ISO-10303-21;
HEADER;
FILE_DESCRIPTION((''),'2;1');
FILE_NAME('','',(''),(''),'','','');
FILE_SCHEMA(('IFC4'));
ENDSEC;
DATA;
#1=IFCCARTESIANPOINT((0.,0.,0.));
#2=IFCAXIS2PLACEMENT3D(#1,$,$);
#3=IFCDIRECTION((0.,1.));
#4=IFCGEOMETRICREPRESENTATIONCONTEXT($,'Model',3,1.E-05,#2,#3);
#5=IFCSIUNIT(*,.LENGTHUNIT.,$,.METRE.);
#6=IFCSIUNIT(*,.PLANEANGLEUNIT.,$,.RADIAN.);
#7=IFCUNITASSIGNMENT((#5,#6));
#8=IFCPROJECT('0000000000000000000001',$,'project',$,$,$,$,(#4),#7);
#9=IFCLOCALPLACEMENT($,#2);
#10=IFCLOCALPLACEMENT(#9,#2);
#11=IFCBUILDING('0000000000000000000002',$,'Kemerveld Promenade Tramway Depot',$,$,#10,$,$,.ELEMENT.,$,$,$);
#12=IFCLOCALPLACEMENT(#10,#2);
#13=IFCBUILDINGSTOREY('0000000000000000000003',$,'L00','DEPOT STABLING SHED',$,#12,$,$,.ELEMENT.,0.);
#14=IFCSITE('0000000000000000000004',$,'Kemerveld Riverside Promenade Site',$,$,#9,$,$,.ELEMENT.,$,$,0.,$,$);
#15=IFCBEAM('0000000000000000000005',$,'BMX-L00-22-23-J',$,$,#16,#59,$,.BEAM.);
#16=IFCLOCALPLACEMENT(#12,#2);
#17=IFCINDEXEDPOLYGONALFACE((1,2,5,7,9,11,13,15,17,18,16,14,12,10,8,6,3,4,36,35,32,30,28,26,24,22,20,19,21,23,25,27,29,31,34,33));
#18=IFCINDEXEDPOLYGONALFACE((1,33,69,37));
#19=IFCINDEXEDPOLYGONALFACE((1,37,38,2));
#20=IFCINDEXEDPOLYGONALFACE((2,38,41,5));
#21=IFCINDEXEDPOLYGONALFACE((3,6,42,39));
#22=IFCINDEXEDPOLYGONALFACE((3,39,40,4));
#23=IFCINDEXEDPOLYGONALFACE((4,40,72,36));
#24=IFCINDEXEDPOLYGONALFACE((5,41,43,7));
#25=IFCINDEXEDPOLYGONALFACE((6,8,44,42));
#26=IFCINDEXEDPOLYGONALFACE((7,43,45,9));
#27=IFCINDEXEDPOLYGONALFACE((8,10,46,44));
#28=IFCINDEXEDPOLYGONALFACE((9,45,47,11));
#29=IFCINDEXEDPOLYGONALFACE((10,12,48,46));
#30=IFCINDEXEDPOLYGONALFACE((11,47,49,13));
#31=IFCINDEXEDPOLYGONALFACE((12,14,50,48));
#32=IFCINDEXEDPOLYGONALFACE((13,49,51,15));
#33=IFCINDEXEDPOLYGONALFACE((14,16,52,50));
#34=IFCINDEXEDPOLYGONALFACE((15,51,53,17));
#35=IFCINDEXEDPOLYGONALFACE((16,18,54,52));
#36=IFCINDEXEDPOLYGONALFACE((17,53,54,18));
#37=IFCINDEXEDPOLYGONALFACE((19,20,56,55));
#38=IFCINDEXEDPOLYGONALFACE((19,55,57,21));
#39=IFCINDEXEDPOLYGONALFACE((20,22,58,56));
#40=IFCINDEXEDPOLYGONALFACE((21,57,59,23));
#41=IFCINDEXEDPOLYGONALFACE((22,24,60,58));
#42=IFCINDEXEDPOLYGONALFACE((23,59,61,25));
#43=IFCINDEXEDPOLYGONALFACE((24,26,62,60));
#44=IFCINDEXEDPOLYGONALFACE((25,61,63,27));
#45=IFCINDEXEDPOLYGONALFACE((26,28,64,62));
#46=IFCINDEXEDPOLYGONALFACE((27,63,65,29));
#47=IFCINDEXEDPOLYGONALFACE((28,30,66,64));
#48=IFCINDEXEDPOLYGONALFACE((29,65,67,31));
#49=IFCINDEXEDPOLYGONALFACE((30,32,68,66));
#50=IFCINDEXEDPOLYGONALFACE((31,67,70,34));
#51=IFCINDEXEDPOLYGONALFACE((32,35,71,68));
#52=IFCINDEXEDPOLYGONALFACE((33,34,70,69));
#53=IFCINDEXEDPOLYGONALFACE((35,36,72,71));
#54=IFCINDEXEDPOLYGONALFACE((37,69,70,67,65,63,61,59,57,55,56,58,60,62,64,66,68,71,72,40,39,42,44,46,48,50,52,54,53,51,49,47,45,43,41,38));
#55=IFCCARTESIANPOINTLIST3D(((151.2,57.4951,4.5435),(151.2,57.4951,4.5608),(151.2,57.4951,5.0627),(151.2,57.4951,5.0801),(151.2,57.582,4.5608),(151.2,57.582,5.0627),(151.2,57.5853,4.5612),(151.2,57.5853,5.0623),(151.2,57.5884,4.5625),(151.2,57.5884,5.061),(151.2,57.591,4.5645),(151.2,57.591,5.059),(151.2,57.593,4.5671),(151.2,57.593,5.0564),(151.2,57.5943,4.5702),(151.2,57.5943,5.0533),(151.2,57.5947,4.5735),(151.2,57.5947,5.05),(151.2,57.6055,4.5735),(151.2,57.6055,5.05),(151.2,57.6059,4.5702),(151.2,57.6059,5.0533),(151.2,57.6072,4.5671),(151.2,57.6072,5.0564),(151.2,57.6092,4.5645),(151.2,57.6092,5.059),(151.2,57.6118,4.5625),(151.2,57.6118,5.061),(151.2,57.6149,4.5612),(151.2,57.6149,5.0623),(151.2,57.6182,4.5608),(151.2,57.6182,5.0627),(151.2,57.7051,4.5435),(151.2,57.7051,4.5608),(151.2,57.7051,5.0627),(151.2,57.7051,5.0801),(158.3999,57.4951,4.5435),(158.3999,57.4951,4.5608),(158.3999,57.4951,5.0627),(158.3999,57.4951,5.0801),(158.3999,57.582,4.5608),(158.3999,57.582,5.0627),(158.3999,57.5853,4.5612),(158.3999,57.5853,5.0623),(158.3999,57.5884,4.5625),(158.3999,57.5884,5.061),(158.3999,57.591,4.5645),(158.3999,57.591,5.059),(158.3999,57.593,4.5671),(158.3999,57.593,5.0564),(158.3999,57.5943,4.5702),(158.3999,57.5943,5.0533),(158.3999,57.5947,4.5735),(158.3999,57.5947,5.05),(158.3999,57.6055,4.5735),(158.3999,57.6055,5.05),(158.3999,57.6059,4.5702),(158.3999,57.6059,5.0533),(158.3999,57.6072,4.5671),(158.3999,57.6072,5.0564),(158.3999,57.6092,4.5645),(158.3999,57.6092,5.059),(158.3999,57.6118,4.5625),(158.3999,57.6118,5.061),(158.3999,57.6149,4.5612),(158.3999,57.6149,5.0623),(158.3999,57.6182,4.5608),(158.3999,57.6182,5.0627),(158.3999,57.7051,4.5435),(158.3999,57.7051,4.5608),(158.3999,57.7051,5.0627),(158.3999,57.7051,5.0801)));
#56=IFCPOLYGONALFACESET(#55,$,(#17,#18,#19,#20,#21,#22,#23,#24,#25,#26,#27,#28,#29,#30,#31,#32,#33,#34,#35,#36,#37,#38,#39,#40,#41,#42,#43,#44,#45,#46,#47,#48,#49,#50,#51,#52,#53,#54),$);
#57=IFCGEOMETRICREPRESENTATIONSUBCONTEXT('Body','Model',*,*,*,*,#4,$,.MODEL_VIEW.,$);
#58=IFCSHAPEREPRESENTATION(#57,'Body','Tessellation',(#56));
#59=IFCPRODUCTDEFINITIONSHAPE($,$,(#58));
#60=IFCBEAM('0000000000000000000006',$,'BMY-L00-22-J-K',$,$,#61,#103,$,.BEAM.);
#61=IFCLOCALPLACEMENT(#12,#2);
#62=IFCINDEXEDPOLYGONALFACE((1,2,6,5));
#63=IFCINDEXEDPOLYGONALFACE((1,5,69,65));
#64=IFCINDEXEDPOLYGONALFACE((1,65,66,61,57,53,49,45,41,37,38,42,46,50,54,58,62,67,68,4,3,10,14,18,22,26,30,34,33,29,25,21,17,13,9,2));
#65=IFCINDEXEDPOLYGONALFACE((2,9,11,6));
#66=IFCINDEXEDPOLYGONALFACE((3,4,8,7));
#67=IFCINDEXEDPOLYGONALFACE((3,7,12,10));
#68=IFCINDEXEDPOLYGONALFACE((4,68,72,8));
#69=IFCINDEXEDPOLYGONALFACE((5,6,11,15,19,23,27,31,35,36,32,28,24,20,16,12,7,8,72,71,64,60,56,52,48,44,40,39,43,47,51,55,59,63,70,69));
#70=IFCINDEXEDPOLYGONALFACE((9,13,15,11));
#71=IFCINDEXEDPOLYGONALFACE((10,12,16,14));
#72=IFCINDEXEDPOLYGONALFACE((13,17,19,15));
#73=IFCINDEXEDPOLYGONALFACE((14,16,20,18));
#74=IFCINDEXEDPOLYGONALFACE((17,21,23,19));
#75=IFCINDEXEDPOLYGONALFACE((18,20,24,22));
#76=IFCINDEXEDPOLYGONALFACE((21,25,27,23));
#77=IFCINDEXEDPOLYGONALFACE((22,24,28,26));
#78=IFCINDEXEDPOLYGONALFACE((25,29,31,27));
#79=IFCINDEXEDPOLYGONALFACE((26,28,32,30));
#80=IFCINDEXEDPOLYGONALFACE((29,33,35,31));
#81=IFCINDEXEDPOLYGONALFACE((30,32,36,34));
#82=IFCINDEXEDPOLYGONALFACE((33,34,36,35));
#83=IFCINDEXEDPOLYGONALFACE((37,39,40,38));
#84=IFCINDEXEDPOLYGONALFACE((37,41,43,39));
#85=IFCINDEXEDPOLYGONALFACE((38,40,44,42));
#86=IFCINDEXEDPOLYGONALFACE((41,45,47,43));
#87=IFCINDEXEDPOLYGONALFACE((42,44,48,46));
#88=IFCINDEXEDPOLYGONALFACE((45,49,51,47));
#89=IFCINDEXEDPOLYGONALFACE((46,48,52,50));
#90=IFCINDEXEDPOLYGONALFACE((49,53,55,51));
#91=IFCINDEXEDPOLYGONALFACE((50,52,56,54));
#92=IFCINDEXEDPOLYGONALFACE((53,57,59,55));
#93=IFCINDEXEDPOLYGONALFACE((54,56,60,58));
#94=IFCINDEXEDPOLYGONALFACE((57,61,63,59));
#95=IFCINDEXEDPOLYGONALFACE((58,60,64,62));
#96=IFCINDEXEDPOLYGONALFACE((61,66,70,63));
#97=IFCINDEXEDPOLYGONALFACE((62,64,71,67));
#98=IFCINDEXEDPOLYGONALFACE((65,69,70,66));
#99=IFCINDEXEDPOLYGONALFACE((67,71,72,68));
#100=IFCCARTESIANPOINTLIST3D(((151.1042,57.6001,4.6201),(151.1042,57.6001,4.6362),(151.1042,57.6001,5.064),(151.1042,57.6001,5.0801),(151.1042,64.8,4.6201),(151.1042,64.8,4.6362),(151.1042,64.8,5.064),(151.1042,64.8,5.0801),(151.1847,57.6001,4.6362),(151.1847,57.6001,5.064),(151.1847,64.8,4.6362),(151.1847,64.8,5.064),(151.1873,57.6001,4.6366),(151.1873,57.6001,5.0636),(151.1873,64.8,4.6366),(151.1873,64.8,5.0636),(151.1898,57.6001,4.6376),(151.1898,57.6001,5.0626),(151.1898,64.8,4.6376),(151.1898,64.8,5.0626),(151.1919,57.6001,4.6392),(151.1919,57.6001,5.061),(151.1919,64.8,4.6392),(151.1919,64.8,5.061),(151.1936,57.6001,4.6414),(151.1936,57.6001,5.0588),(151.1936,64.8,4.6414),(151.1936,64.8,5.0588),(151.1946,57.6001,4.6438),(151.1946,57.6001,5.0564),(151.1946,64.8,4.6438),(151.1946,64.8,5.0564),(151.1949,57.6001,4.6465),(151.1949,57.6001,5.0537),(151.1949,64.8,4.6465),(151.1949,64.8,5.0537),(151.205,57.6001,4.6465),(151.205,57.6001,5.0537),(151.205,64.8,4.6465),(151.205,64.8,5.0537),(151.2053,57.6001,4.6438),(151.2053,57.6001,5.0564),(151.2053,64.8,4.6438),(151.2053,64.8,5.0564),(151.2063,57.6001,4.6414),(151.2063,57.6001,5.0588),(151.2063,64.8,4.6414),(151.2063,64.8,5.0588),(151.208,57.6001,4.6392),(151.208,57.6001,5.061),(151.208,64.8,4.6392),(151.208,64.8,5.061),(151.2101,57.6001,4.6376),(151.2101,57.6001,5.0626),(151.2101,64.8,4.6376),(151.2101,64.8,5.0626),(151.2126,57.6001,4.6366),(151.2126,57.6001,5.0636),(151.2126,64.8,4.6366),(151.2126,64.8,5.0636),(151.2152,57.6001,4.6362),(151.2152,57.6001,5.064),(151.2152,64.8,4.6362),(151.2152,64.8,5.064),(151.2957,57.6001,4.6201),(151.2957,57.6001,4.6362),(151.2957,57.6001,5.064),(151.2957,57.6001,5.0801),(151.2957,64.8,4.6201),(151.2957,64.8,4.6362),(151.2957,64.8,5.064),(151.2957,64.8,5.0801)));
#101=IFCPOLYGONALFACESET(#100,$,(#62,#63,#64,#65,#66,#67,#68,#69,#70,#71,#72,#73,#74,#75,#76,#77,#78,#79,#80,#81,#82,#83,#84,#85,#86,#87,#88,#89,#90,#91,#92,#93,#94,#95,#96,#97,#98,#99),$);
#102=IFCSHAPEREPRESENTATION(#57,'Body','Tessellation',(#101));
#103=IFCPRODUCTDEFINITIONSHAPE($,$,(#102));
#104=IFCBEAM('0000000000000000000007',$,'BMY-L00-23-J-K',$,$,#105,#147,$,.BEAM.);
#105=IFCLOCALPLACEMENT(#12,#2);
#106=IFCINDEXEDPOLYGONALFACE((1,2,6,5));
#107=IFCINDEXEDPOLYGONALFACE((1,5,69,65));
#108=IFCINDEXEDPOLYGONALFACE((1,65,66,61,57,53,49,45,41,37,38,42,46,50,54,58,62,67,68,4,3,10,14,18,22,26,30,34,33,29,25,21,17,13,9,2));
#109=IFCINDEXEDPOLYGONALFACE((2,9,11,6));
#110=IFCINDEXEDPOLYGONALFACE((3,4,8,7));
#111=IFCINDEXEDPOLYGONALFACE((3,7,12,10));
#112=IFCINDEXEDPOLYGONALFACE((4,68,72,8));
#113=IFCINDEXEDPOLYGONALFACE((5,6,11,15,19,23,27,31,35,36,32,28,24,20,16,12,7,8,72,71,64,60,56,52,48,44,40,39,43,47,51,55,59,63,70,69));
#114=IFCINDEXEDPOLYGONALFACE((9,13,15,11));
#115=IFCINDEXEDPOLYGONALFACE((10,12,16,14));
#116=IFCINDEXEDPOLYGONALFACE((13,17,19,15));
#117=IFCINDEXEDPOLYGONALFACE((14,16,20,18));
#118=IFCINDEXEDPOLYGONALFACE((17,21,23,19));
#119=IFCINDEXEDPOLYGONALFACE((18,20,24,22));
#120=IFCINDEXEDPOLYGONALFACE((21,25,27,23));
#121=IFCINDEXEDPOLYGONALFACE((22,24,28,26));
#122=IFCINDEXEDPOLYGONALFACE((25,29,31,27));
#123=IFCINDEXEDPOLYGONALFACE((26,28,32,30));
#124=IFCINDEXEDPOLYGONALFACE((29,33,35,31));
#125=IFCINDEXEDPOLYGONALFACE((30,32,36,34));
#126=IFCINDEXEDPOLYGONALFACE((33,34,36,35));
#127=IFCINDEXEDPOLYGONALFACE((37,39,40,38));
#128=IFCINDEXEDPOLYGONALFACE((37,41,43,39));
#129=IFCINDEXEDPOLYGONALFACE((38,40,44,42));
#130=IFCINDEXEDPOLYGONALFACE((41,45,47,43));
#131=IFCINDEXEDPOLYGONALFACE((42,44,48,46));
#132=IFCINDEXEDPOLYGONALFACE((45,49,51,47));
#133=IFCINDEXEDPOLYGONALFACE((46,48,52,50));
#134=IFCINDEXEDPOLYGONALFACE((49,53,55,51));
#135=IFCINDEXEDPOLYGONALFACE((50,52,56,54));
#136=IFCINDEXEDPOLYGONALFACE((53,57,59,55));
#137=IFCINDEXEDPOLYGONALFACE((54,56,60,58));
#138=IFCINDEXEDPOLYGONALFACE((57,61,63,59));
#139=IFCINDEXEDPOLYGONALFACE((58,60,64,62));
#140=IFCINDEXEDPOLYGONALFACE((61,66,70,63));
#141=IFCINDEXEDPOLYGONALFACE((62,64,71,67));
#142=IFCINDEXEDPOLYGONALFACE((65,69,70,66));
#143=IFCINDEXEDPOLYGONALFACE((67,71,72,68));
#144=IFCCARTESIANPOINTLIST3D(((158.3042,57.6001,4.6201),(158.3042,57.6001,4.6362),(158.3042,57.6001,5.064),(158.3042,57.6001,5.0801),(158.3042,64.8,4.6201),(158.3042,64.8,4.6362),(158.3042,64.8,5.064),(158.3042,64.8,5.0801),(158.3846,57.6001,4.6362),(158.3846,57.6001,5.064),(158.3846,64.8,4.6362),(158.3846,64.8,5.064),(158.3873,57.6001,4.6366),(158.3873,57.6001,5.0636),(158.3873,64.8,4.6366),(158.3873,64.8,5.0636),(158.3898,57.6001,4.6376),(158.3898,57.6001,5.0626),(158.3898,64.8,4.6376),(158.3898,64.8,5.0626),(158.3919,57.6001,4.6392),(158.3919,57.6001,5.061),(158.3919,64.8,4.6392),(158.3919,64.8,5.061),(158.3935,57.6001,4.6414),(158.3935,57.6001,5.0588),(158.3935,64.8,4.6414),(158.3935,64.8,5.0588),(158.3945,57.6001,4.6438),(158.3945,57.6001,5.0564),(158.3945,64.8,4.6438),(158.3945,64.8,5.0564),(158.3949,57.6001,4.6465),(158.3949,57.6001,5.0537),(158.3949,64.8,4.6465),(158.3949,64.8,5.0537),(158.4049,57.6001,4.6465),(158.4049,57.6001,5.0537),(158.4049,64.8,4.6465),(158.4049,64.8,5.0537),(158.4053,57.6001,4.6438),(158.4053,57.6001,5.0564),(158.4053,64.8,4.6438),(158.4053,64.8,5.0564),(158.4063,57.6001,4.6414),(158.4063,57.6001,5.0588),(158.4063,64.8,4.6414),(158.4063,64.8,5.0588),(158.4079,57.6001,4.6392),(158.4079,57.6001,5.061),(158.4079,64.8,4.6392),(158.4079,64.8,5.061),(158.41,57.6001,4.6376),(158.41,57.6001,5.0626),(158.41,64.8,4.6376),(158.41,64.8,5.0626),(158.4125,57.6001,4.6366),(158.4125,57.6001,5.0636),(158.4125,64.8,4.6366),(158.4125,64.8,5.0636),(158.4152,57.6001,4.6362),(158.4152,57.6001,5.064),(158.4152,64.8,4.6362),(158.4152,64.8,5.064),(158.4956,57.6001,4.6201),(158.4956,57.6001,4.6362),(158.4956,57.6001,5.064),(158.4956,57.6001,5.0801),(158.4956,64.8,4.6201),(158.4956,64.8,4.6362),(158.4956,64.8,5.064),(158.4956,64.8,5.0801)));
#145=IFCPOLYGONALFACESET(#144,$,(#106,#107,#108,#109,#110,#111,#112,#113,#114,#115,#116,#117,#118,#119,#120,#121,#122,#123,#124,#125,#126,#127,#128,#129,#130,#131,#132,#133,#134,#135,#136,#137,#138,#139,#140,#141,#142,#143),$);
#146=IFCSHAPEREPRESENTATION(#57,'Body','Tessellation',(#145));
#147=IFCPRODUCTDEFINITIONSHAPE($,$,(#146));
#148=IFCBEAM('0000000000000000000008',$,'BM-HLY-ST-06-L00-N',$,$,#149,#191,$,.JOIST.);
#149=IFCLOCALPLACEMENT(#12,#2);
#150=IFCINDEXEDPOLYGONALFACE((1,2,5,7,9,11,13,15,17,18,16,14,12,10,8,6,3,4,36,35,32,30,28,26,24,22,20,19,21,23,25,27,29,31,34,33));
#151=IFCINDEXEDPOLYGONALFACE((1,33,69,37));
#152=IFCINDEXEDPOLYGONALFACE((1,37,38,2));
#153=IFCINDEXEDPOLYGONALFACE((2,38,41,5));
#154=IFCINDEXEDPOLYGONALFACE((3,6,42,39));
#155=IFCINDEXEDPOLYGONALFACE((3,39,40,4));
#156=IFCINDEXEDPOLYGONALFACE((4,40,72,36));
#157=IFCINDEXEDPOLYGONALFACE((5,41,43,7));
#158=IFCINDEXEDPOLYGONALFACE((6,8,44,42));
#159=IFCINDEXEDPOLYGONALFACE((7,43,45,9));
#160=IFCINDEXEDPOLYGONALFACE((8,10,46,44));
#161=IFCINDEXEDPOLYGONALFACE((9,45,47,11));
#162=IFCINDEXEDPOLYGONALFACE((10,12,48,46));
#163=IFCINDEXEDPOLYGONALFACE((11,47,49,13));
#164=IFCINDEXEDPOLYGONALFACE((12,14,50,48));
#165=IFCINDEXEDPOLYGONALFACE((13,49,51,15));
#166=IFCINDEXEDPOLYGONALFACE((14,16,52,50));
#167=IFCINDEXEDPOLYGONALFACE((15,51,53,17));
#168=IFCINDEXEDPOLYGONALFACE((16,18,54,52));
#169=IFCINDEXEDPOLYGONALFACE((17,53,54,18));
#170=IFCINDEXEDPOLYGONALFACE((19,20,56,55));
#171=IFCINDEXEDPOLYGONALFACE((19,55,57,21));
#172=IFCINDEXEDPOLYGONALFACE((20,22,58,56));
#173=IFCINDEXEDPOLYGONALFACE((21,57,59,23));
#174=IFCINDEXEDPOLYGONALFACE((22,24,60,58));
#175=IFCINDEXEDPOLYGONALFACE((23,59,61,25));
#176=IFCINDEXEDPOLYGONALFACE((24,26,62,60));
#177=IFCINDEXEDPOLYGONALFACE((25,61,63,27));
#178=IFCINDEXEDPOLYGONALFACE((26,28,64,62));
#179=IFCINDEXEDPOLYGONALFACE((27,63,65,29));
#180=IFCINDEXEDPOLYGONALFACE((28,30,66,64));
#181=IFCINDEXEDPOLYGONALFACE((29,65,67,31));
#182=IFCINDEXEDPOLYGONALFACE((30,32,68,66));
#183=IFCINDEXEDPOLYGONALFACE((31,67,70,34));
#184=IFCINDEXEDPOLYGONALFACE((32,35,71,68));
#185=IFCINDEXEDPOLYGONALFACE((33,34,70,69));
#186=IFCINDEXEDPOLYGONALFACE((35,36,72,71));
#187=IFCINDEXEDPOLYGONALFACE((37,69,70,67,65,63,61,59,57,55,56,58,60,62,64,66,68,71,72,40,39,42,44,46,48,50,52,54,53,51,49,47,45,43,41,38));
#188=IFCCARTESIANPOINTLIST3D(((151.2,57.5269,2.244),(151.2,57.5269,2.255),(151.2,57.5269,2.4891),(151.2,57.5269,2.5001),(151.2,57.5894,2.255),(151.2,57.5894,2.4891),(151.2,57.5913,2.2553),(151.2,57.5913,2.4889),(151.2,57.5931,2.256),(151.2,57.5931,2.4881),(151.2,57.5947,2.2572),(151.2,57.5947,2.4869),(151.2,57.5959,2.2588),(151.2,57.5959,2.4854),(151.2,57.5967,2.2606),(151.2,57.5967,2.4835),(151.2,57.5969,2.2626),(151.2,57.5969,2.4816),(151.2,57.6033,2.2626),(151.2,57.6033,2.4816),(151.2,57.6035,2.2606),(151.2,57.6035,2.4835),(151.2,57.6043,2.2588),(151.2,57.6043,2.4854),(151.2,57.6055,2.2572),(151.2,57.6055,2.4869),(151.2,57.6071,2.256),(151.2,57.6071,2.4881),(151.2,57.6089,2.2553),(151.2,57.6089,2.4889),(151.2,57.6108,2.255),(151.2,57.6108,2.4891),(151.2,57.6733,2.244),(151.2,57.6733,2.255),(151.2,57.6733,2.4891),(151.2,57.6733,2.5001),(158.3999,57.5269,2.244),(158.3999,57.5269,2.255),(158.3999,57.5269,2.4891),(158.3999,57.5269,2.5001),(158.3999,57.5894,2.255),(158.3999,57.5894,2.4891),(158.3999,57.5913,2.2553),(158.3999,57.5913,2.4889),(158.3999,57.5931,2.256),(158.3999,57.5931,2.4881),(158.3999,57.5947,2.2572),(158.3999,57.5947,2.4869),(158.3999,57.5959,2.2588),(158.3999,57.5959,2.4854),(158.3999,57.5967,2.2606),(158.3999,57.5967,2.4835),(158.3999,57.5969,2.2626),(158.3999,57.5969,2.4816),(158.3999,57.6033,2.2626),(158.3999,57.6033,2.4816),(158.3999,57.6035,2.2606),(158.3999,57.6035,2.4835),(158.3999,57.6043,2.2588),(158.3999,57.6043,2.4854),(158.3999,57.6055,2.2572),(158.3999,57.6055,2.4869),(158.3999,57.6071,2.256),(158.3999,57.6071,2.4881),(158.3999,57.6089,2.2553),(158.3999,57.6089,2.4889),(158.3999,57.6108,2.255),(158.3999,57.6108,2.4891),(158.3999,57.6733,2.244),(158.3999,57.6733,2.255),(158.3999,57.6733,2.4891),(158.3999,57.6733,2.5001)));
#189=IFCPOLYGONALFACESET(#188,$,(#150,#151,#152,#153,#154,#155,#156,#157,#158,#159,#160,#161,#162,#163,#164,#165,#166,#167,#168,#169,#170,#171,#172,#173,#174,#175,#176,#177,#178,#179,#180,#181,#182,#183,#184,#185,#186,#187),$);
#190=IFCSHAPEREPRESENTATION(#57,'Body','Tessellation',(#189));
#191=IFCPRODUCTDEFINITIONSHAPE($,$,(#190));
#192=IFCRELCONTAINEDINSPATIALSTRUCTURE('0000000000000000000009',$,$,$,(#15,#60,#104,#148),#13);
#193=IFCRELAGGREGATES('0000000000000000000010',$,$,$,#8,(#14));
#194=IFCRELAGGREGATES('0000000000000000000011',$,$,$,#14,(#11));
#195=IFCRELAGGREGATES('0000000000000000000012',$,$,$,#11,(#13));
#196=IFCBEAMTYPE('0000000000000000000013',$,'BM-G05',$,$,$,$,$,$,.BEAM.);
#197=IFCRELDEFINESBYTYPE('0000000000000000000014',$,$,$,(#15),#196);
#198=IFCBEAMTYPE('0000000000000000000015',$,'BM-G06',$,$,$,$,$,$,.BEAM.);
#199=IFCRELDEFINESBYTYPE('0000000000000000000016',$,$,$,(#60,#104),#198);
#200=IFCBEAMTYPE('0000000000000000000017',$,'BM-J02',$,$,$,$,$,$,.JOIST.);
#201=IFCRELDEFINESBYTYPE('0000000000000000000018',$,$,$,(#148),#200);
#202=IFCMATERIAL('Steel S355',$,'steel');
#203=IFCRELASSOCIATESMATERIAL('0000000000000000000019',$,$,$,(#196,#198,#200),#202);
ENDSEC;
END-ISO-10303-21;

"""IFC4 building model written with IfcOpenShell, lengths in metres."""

from ifc_helpers import new_model, si_unit, direction, frame, origin, origin_2d, place, context, subcontext, project, spatial, i_section, extrude, material, material_profile, profile_set, type_object, element, save


model = new_model("IFC4")

# Units and contexts
model_context = context("Model", 3, precision=1e-05, world=origin(), true_north=direction((0.0, 1.0)))
body_context = subcontext(model_context, "Body", "Model", "MODEL_VIEW")
ifc_project = project(units=[si_unit("LENGTHUNIT", "METRE"), si_unit("PLANEANGLEUNIT", "RADIAN")], contexts=[model_context])

# Site, building, storey
site_placement = place(None, origin())
site = spatial("IfcSite", under=ifc_project, at=site_placement, Name="Kemerveld Riverside Promenade Site", CompositionType="ELEMENT", RefElevation=0.0)
building_placement = place(site_placement, origin())
building = spatial("IfcBuilding", under=site, at=building_placement, Name="Kemerveld Promenade Tramway Depot", CompositionType="ELEMENT")
storey_placement = place(building_placement, origin())
storey = spatial("IfcBuildingStorey", under=building, at=storey_placement, Name="L00", Description="DEPOT STABLING SHED", CompositionType="ELEMENT", Elevation=0.0)

# Beams
ifc_material_1 = material(Name="Steel S355", Category="steel")
ifc_material_profile_1 = material_profile(ifc_material_1, i_section(OverallWidth=0.21, OverallDepth=0.5366, WebThickness=0.0107, FlangeThickness=0.0173, FilletRadius=0.0127, at=origin_2d()), Name="533x210x101 UB")
ifc_profile_set_1 = profile_set([ifc_material_profile_1], Name="Steel S355")
beam_type_1 = type_object("IfcBeamType", Name="BM-G05", PredefinedType="BEAM", material=ifc_profile_set_1)
beam_1_placement = place(storey_placement, frame((151.2, 57.6001, 4.8118), z_axis=(1.0, 0.0, 0.0), x_axis=(0.0, 1.0, 0.0)))
element("IfcBeam", 1, at=beam_1_placement, inside=storey, type_object=beam_type_1, Name="BMX-L00-22-23-J", PredefinedType="BEAM", context=body_context, shape_type="SweptSolid", body=[
    extrude(i_section(OverallWidth=0.21, OverallDepth=0.5366, WebThickness=0.0107, FlangeThickness=0.0173, FilletRadius=0.0127, at=origin_2d()), origin(), (0.0, 0.0, 1.0), 7.2),
])
ifc_material_profile_2 = material_profile(ifc_material_1, i_section(OverallWidth=0.1914, OverallDepth=0.46, WebThickness=0.01, FlangeThickness=0.0161, FilletRadius=0.0103, at=origin_2d()), Name="457x191x82 UB")
ifc_profile_set_2 = profile_set([ifc_material_profile_2], Name="Steel S355")
beam_type_2 = type_object("IfcBeamType", Name="BM-G06", PredefinedType="BEAM", material=ifc_profile_set_2)
for number, where, z_axis, x_axis, name in (
    (2, (151.2, 57.6001, 4.8501), (0.0, 1.0, 0.0), (-1.0, 0.0, 0.0), "BMY-L00-22-J-K"),
    (3, (158.3999, 57.6001, 4.8501), (0.0, 1.0, 0.0), (-1.0, 0.0, 0.0), "BMY-L00-23-J-K"),
):
    element("IfcBeam", number, at=place(storey_placement, frame(where, z_axis=z_axis, x_axis=x_axis)), inside=storey, type_object=beam_type_2, Name=name, PredefinedType="BEAM", context=body_context, shape_type="SweptSolid", body=[
        extrude(i_section(OverallWidth=0.1914, OverallDepth=0.46, WebThickness=0.01, FlangeThickness=0.0161, FilletRadius=0.0103, at=origin_2d()), origin(), (0.0, 0.0, 1.0), 7.2),
    ])
ifc_material_profile_3 = material_profile(ifc_material_1, i_section(OverallWidth=0.1465, OverallDepth=0.2561, WebThickness=0.0063, FlangeThickness=0.011, FilletRadius=0.0076, at=origin_2d()), Name="254x146x37 UB")
ifc_profile_set_3 = profile_set([ifc_material_profile_3], Name="Steel S355")
beam_type_3 = type_object("IfcBeamType", Name="BM-J02", PredefinedType="JOIST", material=ifc_profile_set_3)
beam_2_placement = place(storey_placement, frame((151.2, 57.6001, 2.3721), z_axis=(1.0, 0.0, 0.0), x_axis=(0.0, 1.0, 0.0)))
element("IfcBeam", 4, at=beam_2_placement, inside=storey, type_object=beam_type_3, Name="BM-HLY-ST-06-L00-N", PredefinedType="JOIST", context=body_context, shape_type="SweptSolid", body=[
    extrude(i_section(OverallWidth=0.1465, OverallDepth=0.2561, WebThickness=0.0063, FlangeThickness=0.011, FilletRadius=0.0076, at=origin_2d()), origin(), (0.0, 0.0, 1.0), 7.2),
])

save(model, "model.ifc")
